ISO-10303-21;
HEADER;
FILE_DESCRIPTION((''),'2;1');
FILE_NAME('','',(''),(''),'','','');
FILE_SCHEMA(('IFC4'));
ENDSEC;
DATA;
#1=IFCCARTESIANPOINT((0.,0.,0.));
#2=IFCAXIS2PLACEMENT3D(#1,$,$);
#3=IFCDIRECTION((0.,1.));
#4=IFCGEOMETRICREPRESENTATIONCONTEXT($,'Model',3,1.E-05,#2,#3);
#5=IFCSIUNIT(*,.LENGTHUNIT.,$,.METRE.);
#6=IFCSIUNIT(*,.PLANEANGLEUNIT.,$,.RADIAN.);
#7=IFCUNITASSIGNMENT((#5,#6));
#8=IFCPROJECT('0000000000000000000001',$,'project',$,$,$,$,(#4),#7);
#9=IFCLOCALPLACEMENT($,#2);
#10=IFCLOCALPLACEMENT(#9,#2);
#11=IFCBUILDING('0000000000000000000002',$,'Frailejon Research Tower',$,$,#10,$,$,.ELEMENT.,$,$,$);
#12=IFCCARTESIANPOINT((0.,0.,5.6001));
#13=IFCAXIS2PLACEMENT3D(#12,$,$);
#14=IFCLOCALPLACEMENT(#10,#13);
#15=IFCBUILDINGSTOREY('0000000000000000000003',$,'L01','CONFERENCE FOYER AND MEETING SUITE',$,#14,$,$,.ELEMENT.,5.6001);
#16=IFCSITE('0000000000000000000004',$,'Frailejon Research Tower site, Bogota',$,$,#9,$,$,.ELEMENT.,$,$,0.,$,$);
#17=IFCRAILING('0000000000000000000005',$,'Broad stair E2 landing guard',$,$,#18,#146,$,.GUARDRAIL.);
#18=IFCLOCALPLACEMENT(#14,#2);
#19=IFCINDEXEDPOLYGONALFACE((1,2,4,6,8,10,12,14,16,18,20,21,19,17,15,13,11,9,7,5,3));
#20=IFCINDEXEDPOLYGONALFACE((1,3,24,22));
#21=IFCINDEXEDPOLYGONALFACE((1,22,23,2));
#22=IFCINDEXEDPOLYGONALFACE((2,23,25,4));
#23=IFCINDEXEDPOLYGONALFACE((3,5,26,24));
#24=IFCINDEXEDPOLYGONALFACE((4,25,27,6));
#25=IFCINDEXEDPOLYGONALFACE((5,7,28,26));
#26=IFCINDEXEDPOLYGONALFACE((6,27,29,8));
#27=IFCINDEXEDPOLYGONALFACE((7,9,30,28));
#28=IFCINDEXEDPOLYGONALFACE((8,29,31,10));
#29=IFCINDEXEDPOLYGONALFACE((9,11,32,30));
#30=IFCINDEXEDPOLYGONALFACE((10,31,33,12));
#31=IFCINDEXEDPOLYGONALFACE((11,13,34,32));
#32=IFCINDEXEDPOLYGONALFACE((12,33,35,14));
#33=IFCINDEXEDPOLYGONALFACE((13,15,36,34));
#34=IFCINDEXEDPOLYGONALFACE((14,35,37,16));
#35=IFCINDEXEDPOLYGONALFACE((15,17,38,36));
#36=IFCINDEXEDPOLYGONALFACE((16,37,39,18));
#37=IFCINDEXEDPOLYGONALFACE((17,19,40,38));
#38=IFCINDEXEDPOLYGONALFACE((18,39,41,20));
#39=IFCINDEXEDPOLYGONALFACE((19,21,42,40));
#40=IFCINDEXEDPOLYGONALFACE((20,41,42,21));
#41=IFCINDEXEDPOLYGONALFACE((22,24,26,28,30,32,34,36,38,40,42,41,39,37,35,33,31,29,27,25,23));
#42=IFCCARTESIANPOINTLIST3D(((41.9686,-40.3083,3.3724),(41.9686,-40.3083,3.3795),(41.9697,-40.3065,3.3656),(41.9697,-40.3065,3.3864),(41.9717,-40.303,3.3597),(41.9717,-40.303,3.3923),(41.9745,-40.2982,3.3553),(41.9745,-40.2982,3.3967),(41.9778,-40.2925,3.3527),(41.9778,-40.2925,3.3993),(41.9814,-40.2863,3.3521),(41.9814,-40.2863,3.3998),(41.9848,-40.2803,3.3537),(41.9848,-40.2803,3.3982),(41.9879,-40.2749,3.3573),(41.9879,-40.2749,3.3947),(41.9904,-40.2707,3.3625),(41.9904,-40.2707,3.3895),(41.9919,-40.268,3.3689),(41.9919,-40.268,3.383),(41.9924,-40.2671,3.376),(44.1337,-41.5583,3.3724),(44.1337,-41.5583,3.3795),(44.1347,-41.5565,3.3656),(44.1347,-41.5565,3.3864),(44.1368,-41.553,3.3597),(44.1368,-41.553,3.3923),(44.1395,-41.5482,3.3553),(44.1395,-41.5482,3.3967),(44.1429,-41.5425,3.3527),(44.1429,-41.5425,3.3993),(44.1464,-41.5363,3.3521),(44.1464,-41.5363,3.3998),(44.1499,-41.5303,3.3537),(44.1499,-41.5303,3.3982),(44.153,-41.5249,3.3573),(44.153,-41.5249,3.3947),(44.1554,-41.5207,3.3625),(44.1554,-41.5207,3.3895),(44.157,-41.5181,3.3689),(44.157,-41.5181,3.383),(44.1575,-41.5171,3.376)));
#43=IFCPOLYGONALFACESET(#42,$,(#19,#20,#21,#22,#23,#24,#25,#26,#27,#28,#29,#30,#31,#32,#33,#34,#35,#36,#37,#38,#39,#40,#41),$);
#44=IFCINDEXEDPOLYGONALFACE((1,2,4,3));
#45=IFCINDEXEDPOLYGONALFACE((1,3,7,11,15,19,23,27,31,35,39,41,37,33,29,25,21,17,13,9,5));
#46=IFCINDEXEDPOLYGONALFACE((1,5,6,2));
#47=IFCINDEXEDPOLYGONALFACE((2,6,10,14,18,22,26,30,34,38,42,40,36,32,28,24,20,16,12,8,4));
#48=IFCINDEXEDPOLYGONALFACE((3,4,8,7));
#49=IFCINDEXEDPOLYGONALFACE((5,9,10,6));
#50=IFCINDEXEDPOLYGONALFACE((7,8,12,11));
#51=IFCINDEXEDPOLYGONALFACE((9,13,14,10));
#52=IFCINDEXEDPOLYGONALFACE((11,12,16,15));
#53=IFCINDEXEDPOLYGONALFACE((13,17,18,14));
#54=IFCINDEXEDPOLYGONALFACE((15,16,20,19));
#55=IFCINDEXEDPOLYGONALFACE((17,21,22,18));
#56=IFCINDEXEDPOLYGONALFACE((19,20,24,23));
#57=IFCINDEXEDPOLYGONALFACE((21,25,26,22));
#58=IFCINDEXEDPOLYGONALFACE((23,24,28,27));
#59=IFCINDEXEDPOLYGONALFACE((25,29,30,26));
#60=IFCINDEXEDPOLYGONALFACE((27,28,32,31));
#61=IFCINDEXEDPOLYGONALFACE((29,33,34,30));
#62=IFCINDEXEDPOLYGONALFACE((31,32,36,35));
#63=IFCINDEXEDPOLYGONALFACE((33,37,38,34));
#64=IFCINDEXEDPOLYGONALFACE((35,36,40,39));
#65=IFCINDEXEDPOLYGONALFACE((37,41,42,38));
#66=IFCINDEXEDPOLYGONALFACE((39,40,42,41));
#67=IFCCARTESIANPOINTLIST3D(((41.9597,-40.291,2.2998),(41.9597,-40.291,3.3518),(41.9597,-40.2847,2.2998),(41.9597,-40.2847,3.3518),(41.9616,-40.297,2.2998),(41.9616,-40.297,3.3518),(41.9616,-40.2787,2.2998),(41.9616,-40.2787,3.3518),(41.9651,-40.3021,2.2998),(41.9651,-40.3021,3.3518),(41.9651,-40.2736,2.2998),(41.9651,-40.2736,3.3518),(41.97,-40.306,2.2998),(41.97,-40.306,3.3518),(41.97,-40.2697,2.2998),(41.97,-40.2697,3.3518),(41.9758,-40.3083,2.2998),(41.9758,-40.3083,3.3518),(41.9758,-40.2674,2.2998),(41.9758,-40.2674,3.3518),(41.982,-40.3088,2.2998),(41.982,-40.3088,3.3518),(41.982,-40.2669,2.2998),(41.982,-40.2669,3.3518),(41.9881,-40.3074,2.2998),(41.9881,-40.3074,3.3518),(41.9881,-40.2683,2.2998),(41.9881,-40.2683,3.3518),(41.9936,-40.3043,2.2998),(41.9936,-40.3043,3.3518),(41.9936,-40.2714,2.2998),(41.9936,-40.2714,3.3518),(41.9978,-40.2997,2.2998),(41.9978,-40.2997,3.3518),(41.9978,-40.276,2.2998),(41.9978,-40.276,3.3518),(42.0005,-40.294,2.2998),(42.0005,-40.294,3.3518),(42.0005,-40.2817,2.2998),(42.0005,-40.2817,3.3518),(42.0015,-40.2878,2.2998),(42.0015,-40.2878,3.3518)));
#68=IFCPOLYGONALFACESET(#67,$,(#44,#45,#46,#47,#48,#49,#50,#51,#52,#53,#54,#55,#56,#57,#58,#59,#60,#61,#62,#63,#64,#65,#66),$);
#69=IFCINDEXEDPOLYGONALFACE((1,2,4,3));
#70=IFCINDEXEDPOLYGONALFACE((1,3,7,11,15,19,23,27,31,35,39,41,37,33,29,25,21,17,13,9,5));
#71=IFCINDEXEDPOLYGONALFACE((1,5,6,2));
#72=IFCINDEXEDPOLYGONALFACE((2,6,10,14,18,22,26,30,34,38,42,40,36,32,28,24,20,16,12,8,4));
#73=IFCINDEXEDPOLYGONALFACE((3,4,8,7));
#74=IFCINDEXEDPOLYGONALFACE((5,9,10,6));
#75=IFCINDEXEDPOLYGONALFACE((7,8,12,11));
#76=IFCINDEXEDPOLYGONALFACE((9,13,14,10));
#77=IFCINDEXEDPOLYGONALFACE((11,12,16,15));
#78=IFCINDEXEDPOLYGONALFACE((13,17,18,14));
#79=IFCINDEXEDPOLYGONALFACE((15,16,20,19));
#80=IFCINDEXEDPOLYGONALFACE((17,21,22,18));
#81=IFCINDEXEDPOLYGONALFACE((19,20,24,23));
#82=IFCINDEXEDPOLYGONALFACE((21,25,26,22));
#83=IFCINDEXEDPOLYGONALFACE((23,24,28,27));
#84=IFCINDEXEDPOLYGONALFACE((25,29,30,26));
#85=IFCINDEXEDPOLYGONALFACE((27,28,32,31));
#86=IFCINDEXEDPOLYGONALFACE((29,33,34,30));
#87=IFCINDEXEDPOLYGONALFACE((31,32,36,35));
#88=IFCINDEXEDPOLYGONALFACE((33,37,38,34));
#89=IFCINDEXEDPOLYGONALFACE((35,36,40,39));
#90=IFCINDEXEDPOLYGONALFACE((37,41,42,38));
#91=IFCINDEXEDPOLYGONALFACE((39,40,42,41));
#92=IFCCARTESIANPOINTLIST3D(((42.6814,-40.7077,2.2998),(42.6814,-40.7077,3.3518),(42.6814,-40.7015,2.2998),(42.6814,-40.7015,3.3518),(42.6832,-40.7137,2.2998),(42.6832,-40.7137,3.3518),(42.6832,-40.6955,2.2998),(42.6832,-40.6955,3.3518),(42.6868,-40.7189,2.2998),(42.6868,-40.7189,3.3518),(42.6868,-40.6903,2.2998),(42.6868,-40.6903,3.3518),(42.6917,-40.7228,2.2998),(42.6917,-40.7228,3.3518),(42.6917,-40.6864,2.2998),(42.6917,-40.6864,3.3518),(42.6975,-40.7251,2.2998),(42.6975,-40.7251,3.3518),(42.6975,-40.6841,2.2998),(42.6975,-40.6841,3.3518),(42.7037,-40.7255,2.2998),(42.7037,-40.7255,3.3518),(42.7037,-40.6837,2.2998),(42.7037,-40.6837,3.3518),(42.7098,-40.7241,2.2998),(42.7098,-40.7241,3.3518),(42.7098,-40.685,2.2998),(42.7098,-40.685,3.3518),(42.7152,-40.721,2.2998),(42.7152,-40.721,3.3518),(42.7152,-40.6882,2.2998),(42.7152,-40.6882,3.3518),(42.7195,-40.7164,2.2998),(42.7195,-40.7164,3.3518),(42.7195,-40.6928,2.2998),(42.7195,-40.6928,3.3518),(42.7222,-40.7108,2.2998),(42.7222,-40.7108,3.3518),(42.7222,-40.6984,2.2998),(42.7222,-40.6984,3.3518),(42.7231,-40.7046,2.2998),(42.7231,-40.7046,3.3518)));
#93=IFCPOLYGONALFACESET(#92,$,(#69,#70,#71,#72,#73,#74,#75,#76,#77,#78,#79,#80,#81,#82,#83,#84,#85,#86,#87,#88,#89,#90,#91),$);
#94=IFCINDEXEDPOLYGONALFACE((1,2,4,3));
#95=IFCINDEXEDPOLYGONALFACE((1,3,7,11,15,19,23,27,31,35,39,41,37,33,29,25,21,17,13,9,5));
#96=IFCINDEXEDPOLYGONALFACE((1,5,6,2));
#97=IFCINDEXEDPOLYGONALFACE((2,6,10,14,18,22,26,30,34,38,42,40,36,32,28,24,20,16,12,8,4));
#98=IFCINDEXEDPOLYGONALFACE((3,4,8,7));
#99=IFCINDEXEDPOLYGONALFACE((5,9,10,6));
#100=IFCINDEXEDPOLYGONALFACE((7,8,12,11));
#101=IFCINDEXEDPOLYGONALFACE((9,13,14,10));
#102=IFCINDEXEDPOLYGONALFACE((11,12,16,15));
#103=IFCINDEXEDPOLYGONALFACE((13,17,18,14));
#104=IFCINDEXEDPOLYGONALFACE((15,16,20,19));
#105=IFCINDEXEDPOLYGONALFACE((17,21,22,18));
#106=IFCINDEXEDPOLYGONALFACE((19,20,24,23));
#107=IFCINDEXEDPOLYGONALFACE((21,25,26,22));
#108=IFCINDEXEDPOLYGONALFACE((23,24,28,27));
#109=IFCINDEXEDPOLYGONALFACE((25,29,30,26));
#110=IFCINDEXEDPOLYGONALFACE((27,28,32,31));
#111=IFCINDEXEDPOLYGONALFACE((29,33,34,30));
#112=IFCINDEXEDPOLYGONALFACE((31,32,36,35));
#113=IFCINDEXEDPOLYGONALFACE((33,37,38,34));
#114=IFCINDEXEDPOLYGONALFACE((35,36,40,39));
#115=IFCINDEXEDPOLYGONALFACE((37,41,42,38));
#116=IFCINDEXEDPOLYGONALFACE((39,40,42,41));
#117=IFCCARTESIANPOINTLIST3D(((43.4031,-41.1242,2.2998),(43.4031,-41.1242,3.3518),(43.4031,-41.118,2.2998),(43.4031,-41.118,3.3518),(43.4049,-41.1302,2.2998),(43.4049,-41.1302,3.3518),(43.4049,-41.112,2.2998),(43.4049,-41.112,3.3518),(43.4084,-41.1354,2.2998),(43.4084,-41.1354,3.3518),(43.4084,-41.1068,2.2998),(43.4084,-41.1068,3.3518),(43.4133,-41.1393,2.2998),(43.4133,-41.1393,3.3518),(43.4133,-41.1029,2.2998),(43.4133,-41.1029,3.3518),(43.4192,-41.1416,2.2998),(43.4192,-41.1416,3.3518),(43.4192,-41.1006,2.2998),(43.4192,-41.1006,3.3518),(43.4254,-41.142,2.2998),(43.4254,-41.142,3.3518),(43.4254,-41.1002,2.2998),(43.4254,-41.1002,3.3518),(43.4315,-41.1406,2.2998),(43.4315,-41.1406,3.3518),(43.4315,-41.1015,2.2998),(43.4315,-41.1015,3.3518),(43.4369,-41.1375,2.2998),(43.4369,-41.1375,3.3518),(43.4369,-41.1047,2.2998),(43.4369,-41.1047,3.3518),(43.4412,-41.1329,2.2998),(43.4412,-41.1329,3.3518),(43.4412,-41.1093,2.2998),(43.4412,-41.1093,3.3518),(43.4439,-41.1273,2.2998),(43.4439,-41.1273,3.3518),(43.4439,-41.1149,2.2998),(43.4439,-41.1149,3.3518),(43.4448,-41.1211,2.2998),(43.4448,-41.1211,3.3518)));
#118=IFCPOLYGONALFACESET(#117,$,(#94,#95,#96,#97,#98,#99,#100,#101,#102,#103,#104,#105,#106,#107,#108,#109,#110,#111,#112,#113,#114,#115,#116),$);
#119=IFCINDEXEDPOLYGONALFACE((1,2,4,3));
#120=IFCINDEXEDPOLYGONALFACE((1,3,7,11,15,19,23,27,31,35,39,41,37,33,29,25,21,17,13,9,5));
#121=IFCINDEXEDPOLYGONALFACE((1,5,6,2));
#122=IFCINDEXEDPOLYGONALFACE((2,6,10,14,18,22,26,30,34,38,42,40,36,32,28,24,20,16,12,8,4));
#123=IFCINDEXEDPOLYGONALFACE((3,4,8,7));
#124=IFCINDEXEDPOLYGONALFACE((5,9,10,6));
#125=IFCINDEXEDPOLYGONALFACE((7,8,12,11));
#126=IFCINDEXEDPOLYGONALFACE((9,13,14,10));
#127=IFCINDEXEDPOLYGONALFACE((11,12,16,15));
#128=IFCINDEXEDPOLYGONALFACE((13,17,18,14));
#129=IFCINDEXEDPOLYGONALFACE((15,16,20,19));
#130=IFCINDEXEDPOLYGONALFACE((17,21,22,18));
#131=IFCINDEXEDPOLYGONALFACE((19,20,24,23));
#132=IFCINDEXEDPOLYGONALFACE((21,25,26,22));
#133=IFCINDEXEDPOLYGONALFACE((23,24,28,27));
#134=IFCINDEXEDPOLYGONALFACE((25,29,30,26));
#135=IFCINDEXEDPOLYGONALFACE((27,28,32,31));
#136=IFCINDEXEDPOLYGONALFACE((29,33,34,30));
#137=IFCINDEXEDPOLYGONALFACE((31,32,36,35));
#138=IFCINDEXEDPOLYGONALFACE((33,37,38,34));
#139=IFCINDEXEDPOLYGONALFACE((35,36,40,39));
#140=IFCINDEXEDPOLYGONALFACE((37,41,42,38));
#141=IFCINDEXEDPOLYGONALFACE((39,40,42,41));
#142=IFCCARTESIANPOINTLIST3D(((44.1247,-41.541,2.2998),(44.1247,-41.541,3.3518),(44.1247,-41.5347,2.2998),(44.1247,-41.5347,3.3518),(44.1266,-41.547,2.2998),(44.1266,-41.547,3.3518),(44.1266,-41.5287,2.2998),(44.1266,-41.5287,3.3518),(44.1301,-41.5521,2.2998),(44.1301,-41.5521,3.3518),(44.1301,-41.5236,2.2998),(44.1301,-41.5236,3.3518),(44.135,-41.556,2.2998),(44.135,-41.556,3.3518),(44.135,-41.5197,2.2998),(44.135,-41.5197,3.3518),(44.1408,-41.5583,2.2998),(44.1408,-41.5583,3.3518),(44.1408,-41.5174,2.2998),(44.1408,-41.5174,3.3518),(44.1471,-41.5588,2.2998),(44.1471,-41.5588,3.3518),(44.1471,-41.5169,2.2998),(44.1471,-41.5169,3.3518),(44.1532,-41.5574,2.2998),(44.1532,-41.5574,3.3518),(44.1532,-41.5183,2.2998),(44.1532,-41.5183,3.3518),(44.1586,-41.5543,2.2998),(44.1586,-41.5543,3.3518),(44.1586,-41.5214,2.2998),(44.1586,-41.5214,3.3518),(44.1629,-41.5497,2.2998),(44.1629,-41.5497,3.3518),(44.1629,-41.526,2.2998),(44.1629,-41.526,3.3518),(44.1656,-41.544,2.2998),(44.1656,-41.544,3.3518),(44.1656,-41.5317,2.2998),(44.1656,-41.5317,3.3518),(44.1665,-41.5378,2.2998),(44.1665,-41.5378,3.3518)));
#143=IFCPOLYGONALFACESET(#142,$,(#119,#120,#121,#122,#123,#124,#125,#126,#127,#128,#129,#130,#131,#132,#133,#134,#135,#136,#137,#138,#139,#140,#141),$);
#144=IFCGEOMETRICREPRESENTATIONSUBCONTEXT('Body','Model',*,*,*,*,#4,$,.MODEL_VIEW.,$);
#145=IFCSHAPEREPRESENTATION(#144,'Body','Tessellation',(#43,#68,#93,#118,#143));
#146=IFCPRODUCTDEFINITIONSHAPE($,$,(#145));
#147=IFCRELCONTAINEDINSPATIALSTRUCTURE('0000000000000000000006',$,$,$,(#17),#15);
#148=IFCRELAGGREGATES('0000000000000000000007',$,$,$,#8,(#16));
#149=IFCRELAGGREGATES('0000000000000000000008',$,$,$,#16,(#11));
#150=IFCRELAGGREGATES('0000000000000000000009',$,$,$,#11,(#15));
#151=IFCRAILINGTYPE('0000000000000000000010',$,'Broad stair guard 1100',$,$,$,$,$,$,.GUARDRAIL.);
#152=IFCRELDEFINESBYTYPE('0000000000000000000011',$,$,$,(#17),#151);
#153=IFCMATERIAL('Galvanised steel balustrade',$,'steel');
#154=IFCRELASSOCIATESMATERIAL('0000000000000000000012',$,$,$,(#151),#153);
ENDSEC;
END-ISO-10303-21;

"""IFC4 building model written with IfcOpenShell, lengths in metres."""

from ifc_helpers import new_model, si_unit, direction, frame, origin, origin_2d, place, context, subcontext, project, spatial, circle, extrude, material, type_object, element, save


model = new_model("IFC4")

# Units and contexts
model_context = context("Model", 3, precision=1e-05, world=origin(), true_north=direction((0.0, 1.0)))
body_context = subcontext(model_context, "Body", "Model", "MODEL_VIEW")
ifc_project = project(units=[si_unit("LENGTHUNIT", "METRE"), si_unit("PLANEANGLEUNIT", "RADIAN")], contexts=[model_context])

# Site, building, storey
site_placement = place(None, origin())
site = spatial("IfcSite", under=ifc_project, at=site_placement, Name="Frailejon Research Tower site, Bogota", CompositionType="ELEMENT", RefElevation=0.0)
building_placement = place(site_placement, origin())
building = spatial("IfcBuilding", under=site, at=building_placement, Name="Frailejon Research Tower", CompositionType="ELEMENT")
storey_placement = place(building_placement, frame((0.0, 0.0, 5.6001)))
storey = spatial("IfcBuildingStorey", under=building, at=storey_placement, Name="L01", Description="CONFERENCE FOYER AND MEETING SUITE", CompositionType="ELEMENT", Elevation=5.6001)

# Railing
ifc_material_1 = material(Name="Galvanised steel balustrade", Category="steel")
railing_type_1 = type_object("IfcRailingType", Name="Broad stair guard 1100", PredefinedType="GUARDRAIL", material=ifc_material_1)
railing_1_placement = place(storey_placement, frame((41.9805, -40.2878, 2.2998)))
element("IfcRailing", 1, at=railing_1_placement, inside=storey, type_object=railing_type_1, Name="Broad stair E2 landing guard", PredefinedType="GUARDRAIL", context=body_context, shape_type="SweptSolid", body=[
    extrude(circle(Radius=0.0239, at=origin_2d()), frame((0.0, 0.0, 1.0762), z_axis=(0.866023, -0.500004, 0.0), x_axis=(0.500004, 0.866023, 0.0)), (0.0, 0.0, 1.0), 2.5),
    extrude(circle(Radius=0.021, at=origin_2d()), origin(), (0.0, 0.0, 1.0), 1.052),
    extrude(circle(Radius=0.021, at=origin_2d()), frame((0.7217, -0.4167, 0.0)), (0.0, 0.0, 1.0), 1.052),
    extrude(circle(Radius=0.021, at=origin_2d()), frame((1.4434, -0.8333, 0.0)), (0.0, 0.0, 1.0), 1.052),
    extrude(circle(Radius=0.021, at=origin_2d()), frame((2.165, -1.25, 0.0)), (0.0, 0.0, 1.0), 1.052),
])

save(model, "model.ifc")
